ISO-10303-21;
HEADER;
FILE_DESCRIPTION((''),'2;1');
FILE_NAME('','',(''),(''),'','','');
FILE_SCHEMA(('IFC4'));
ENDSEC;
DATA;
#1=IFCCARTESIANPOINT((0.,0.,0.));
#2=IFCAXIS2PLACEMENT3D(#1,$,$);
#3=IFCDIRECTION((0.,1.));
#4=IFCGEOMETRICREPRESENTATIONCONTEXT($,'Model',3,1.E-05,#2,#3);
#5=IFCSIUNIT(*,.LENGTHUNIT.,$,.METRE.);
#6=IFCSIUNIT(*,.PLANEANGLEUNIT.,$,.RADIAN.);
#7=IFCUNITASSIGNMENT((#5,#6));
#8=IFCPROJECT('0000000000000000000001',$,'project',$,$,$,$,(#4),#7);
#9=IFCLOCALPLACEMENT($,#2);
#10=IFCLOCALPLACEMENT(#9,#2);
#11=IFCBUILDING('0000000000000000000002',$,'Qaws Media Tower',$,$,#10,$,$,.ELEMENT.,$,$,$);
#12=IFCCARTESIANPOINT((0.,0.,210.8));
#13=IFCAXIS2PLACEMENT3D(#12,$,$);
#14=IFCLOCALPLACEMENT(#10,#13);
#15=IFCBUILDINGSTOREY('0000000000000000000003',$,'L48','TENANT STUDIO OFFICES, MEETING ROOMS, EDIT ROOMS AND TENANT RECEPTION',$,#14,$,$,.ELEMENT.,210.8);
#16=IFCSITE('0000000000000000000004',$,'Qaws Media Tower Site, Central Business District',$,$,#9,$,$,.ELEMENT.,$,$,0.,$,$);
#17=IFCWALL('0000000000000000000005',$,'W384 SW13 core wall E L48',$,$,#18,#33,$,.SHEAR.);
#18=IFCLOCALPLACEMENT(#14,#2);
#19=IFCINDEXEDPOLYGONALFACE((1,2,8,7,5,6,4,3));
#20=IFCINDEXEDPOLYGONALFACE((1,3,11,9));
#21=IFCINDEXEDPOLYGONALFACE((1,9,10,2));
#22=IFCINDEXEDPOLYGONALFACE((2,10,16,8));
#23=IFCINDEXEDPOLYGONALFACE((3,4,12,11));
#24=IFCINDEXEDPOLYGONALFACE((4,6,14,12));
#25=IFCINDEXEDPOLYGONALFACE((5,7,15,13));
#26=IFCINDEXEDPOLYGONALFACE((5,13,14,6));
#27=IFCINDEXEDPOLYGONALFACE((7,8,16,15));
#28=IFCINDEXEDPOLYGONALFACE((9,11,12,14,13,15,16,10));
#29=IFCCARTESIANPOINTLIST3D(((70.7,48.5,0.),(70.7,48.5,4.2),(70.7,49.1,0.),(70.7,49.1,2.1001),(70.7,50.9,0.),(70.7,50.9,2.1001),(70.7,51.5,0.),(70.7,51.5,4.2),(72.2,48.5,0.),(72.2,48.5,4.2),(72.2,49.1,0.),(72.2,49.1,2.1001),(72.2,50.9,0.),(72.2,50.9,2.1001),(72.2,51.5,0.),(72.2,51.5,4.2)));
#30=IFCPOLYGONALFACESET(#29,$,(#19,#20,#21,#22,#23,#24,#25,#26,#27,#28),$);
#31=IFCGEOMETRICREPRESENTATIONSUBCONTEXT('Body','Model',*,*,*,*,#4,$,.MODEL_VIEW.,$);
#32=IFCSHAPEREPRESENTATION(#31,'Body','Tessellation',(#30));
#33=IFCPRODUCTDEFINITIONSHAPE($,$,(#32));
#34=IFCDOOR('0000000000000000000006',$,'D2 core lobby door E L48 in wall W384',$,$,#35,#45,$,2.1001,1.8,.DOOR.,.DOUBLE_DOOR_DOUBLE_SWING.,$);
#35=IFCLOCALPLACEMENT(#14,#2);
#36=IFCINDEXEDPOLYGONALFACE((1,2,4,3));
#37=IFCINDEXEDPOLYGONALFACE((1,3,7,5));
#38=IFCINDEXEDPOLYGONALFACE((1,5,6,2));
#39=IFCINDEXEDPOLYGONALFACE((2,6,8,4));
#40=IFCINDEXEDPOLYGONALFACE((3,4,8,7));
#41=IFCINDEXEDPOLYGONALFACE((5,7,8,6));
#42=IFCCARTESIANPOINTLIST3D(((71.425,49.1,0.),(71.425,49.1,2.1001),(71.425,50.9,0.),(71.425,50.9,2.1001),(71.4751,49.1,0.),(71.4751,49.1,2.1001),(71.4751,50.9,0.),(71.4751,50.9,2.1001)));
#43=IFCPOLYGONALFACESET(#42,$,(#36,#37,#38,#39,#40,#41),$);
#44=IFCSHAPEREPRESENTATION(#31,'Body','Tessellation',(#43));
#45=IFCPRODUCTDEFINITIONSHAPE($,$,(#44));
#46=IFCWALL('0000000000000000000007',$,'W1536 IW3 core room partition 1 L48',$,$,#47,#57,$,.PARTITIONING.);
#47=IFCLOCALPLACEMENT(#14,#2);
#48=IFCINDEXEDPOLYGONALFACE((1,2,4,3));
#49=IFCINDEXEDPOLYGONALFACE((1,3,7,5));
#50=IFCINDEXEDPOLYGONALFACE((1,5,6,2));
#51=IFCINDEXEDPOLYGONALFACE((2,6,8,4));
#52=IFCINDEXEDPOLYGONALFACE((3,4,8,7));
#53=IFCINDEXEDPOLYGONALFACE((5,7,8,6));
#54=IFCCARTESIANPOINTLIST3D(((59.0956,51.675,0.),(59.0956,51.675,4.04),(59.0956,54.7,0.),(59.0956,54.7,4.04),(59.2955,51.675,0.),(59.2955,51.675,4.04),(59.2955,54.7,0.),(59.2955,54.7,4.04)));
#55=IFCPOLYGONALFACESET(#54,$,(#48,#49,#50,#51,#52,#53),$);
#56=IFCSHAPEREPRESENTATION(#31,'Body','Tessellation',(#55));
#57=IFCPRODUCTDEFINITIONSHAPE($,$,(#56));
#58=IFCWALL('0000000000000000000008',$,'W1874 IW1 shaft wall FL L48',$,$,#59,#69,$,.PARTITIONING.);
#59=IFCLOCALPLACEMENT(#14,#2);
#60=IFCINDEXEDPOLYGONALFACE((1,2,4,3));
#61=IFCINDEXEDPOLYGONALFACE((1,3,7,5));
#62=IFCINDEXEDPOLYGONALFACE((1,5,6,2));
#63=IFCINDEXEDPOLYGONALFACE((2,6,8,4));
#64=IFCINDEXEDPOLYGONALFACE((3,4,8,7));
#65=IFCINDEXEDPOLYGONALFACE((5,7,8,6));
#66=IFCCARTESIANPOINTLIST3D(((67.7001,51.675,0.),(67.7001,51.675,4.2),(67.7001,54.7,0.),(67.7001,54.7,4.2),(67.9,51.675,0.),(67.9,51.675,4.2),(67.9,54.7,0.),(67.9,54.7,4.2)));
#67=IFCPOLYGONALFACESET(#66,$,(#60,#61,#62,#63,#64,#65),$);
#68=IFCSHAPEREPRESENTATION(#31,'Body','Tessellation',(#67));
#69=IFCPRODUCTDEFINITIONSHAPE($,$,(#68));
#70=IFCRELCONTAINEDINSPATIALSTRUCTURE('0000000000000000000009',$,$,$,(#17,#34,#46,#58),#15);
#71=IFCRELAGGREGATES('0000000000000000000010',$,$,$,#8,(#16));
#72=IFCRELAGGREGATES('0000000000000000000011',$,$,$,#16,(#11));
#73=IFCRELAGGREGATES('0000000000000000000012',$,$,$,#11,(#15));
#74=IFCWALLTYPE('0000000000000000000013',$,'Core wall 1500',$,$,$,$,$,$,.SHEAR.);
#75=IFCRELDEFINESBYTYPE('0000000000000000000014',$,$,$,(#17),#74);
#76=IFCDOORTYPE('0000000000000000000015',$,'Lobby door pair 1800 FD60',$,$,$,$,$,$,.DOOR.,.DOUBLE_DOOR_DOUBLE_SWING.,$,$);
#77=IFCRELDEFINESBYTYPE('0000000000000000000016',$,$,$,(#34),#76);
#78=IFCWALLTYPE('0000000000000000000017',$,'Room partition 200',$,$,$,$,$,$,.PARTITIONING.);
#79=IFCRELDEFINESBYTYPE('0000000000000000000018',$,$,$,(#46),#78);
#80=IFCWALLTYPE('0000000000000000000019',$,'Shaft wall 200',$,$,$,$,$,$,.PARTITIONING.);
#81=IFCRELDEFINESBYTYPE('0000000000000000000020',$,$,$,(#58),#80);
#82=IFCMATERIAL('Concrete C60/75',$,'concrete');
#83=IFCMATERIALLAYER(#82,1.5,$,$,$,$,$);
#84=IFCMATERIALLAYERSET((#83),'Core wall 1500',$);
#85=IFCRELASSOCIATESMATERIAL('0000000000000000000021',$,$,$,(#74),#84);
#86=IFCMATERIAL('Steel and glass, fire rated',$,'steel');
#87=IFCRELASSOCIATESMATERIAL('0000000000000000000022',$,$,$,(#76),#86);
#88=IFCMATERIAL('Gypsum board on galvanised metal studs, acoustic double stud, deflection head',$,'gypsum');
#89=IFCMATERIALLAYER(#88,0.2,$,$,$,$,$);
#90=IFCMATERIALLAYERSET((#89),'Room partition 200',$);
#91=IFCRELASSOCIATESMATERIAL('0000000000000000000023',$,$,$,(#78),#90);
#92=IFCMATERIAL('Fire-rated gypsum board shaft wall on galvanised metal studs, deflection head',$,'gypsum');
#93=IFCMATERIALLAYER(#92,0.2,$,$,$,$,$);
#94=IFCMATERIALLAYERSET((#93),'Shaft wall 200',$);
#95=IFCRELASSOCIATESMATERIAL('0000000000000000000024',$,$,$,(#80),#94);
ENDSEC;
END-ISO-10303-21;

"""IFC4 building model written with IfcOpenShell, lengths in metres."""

from ifc_helpers import new_model, si_unit, direction, frame, frame_2d, origin, place, context, subcontext, project, spatial, rectangle, extrude, material, layer, layer_set, type_object, element, fill, save


model = new_model("IFC4")

# Units and contexts
model_context = context("Model", 3, precision=1e-05, world=origin(), true_north=direction((0.0, 1.0)))
body_context = subcontext(model_context, "Body", "Model", "MODEL_VIEW")
ifc_project = project(units=[si_unit("LENGTHUNIT", "METRE"), si_unit("PLANEANGLEUNIT", "RADIAN")], contexts=[model_context])

# Site, building, storey
site_placement = place(None, origin())
site = spatial("IfcSite", under=ifc_project, at=site_placement, Name="Qaws Media Tower Site, Central Business District", CompositionType="ELEMENT", RefElevation=0.0)
building_placement = place(site_placement, origin())
building = spatial("IfcBuilding", under=site, at=building_placement, Name="Qaws Media Tower", CompositionType="ELEMENT")
storey_placement = place(building_placement, frame((0.0, 0.0, 210.8)))
storey = spatial("IfcBuildingStorey", under=building, at=storey_placement, Name="L48", Description="TENANT STUDIO OFFICES, MEETING ROOMS, EDIT ROOMS AND TENANT RECEPTION", CompositionType="ELEMENT", Elevation=210.8)

# Shared definitions
ifc_material_1 = material(Name="Concrete C60/75", Category="concrete")
ifc_layer_1 = layer(ifc_material_1, 1.5)
ifc_layer_set_1 = layer_set([ifc_layer_1], Name="Core wall 1500")
wall_type_1 = type_object("IfcWallType", Name="Core wall 1500", PredefinedType="SHEAR", material=ifc_layer_set_1)

# Wall, opening, door
wall_1_placement = place(storey_placement, frame((71.45, 48.5, 0.0), z_axis=(0.0, 0.0, 1.0), x_axis=(0.0, 1.0, 0.0)))
wall_1 = element("IfcWall", 1, at=wall_1_placement, inside=storey, type_object=wall_type_1, Name="W384 SW13 core wall E L48", PredefinedType="SHEAR", context=body_context, shape_type="SweptSolid", body=[
    extrude(rectangle(XDim=3.0, YDim=1.5, at=frame_2d((1.5, 0.0))), origin(), (0.0, 0.0, 1.0), 4.2),
])
opening_1_placement = place(wall_1_placement, frame((0.6001, 0.0, 0.0)))
opening_1 = element("IfcOpeningElement", 2, at=opening_1_placement, cuts=wall_1, PredefinedType="OPENING", context=body_context, shape_type="SweptSolid", body=[
    extrude(rectangle(XDim=1.8, YDim=2.1001, at=frame_2d((0.8999, 1.05))), frame((0.0, 0.76, 0.0), z_axis=(0.0, -1.0, 0.0), x_axis=(1.0, 0.0, 0.0)), (0.0, 0.0, 1.0), 1.52),
])
ifc_material_2 = material(Name="Steel and glass, fire rated", Category="steel")
door_type_1 = type_object("IfcDoorType", Name="Lobby door pair 1800 FD60", OperationType="DOUBLE_DOOR_DOUBLE_SWING", PredefinedType="DOOR", material=ifc_material_2)
door_1_placement = place(opening_1_placement, origin())
door_1 = element("IfcDoor", 3, at=door_1_placement, inside=storey, type_object=door_type_1, Name="D2 core lobby door E L48 in wall W384", OperationType="DOUBLE_DOOR_DOUBLE_SWING", OverallHeight=2.1001, OverallWidth=1.8, PredefinedType="DOOR", context=body_context, shape_type="SweptSolid", body=[
    extrude(rectangle(XDim=1.8, YDim=2.1001, at=frame_2d((0.8999, 1.05))), frame((0.0, 0.0249, 0.0), z_axis=(0.0, -1.0, 0.0), x_axis=(1.0, 0.0, 0.0)), (0.0, 0.0, 1.0), 0.05),
])
fill(opening_1, door_1)

# Walls
ifc_material_3 = material(Name="Gypsum board on galvanised metal studs, acoustic double stud, deflection head", Category="gypsum")
ifc_layer_2 = layer(ifc_material_3, 0.2)
ifc_layer_set_2 = layer_set([ifc_layer_2], Name="Room partition 200")
wall_type_2 = type_object("IfcWallType", Name="Room partition 200", PredefinedType="PARTITIONING", material=ifc_layer_set_2)
wall_2_placement = place(storey_placement, frame((59.1956, 51.675, 0.0), z_axis=(0.0, 0.0, 1.0), x_axis=(0.0, 1.0, 0.0)))
element("IfcWall", 4, at=wall_2_placement, inside=storey, type_object=wall_type_2, Name="W1536 IW3 core room partition 1 L48", PredefinedType="PARTITIONING", context=body_context, shape_type="SweptSolid", body=[
    extrude(rectangle(XDim=3.0249, YDim=0.2, at=frame_2d((1.5125, 0.0))), origin(), (0.0, 0.0, 1.0), 4.04),
])
ifc_material_4 = material(Name="Fire-rated gypsum board shaft wall on galvanised metal studs, deflection head", Category="gypsum")
ifc_layer_3 = layer(ifc_material_4, 0.2)
ifc_layer_set_3 = layer_set([ifc_layer_3], Name="Shaft wall 200")
wall_type_3 = type_object("IfcWallType", Name="Shaft wall 200", PredefinedType="PARTITIONING", material=ifc_layer_set_3)
wall_3_placement = place(storey_placement, frame((67.8, 51.675, 0.0), z_axis=(0.0, 0.0, 1.0), x_axis=(0.0, 1.0, 0.0)))
element("IfcWall", 5, at=wall_3_placement, inside=storey, type_object=wall_type_3, Name="W1874 IW1 shaft wall FL L48", PredefinedType="PARTITIONING", context=body_context, shape_type="SweptSolid", body=[
    extrude(rectangle(XDim=3.0249, YDim=0.2, at=frame_2d((1.5125, 0.0))), origin(), (0.0, 0.0, 1.0), 4.2),
])

save(model, "model.ifc")
